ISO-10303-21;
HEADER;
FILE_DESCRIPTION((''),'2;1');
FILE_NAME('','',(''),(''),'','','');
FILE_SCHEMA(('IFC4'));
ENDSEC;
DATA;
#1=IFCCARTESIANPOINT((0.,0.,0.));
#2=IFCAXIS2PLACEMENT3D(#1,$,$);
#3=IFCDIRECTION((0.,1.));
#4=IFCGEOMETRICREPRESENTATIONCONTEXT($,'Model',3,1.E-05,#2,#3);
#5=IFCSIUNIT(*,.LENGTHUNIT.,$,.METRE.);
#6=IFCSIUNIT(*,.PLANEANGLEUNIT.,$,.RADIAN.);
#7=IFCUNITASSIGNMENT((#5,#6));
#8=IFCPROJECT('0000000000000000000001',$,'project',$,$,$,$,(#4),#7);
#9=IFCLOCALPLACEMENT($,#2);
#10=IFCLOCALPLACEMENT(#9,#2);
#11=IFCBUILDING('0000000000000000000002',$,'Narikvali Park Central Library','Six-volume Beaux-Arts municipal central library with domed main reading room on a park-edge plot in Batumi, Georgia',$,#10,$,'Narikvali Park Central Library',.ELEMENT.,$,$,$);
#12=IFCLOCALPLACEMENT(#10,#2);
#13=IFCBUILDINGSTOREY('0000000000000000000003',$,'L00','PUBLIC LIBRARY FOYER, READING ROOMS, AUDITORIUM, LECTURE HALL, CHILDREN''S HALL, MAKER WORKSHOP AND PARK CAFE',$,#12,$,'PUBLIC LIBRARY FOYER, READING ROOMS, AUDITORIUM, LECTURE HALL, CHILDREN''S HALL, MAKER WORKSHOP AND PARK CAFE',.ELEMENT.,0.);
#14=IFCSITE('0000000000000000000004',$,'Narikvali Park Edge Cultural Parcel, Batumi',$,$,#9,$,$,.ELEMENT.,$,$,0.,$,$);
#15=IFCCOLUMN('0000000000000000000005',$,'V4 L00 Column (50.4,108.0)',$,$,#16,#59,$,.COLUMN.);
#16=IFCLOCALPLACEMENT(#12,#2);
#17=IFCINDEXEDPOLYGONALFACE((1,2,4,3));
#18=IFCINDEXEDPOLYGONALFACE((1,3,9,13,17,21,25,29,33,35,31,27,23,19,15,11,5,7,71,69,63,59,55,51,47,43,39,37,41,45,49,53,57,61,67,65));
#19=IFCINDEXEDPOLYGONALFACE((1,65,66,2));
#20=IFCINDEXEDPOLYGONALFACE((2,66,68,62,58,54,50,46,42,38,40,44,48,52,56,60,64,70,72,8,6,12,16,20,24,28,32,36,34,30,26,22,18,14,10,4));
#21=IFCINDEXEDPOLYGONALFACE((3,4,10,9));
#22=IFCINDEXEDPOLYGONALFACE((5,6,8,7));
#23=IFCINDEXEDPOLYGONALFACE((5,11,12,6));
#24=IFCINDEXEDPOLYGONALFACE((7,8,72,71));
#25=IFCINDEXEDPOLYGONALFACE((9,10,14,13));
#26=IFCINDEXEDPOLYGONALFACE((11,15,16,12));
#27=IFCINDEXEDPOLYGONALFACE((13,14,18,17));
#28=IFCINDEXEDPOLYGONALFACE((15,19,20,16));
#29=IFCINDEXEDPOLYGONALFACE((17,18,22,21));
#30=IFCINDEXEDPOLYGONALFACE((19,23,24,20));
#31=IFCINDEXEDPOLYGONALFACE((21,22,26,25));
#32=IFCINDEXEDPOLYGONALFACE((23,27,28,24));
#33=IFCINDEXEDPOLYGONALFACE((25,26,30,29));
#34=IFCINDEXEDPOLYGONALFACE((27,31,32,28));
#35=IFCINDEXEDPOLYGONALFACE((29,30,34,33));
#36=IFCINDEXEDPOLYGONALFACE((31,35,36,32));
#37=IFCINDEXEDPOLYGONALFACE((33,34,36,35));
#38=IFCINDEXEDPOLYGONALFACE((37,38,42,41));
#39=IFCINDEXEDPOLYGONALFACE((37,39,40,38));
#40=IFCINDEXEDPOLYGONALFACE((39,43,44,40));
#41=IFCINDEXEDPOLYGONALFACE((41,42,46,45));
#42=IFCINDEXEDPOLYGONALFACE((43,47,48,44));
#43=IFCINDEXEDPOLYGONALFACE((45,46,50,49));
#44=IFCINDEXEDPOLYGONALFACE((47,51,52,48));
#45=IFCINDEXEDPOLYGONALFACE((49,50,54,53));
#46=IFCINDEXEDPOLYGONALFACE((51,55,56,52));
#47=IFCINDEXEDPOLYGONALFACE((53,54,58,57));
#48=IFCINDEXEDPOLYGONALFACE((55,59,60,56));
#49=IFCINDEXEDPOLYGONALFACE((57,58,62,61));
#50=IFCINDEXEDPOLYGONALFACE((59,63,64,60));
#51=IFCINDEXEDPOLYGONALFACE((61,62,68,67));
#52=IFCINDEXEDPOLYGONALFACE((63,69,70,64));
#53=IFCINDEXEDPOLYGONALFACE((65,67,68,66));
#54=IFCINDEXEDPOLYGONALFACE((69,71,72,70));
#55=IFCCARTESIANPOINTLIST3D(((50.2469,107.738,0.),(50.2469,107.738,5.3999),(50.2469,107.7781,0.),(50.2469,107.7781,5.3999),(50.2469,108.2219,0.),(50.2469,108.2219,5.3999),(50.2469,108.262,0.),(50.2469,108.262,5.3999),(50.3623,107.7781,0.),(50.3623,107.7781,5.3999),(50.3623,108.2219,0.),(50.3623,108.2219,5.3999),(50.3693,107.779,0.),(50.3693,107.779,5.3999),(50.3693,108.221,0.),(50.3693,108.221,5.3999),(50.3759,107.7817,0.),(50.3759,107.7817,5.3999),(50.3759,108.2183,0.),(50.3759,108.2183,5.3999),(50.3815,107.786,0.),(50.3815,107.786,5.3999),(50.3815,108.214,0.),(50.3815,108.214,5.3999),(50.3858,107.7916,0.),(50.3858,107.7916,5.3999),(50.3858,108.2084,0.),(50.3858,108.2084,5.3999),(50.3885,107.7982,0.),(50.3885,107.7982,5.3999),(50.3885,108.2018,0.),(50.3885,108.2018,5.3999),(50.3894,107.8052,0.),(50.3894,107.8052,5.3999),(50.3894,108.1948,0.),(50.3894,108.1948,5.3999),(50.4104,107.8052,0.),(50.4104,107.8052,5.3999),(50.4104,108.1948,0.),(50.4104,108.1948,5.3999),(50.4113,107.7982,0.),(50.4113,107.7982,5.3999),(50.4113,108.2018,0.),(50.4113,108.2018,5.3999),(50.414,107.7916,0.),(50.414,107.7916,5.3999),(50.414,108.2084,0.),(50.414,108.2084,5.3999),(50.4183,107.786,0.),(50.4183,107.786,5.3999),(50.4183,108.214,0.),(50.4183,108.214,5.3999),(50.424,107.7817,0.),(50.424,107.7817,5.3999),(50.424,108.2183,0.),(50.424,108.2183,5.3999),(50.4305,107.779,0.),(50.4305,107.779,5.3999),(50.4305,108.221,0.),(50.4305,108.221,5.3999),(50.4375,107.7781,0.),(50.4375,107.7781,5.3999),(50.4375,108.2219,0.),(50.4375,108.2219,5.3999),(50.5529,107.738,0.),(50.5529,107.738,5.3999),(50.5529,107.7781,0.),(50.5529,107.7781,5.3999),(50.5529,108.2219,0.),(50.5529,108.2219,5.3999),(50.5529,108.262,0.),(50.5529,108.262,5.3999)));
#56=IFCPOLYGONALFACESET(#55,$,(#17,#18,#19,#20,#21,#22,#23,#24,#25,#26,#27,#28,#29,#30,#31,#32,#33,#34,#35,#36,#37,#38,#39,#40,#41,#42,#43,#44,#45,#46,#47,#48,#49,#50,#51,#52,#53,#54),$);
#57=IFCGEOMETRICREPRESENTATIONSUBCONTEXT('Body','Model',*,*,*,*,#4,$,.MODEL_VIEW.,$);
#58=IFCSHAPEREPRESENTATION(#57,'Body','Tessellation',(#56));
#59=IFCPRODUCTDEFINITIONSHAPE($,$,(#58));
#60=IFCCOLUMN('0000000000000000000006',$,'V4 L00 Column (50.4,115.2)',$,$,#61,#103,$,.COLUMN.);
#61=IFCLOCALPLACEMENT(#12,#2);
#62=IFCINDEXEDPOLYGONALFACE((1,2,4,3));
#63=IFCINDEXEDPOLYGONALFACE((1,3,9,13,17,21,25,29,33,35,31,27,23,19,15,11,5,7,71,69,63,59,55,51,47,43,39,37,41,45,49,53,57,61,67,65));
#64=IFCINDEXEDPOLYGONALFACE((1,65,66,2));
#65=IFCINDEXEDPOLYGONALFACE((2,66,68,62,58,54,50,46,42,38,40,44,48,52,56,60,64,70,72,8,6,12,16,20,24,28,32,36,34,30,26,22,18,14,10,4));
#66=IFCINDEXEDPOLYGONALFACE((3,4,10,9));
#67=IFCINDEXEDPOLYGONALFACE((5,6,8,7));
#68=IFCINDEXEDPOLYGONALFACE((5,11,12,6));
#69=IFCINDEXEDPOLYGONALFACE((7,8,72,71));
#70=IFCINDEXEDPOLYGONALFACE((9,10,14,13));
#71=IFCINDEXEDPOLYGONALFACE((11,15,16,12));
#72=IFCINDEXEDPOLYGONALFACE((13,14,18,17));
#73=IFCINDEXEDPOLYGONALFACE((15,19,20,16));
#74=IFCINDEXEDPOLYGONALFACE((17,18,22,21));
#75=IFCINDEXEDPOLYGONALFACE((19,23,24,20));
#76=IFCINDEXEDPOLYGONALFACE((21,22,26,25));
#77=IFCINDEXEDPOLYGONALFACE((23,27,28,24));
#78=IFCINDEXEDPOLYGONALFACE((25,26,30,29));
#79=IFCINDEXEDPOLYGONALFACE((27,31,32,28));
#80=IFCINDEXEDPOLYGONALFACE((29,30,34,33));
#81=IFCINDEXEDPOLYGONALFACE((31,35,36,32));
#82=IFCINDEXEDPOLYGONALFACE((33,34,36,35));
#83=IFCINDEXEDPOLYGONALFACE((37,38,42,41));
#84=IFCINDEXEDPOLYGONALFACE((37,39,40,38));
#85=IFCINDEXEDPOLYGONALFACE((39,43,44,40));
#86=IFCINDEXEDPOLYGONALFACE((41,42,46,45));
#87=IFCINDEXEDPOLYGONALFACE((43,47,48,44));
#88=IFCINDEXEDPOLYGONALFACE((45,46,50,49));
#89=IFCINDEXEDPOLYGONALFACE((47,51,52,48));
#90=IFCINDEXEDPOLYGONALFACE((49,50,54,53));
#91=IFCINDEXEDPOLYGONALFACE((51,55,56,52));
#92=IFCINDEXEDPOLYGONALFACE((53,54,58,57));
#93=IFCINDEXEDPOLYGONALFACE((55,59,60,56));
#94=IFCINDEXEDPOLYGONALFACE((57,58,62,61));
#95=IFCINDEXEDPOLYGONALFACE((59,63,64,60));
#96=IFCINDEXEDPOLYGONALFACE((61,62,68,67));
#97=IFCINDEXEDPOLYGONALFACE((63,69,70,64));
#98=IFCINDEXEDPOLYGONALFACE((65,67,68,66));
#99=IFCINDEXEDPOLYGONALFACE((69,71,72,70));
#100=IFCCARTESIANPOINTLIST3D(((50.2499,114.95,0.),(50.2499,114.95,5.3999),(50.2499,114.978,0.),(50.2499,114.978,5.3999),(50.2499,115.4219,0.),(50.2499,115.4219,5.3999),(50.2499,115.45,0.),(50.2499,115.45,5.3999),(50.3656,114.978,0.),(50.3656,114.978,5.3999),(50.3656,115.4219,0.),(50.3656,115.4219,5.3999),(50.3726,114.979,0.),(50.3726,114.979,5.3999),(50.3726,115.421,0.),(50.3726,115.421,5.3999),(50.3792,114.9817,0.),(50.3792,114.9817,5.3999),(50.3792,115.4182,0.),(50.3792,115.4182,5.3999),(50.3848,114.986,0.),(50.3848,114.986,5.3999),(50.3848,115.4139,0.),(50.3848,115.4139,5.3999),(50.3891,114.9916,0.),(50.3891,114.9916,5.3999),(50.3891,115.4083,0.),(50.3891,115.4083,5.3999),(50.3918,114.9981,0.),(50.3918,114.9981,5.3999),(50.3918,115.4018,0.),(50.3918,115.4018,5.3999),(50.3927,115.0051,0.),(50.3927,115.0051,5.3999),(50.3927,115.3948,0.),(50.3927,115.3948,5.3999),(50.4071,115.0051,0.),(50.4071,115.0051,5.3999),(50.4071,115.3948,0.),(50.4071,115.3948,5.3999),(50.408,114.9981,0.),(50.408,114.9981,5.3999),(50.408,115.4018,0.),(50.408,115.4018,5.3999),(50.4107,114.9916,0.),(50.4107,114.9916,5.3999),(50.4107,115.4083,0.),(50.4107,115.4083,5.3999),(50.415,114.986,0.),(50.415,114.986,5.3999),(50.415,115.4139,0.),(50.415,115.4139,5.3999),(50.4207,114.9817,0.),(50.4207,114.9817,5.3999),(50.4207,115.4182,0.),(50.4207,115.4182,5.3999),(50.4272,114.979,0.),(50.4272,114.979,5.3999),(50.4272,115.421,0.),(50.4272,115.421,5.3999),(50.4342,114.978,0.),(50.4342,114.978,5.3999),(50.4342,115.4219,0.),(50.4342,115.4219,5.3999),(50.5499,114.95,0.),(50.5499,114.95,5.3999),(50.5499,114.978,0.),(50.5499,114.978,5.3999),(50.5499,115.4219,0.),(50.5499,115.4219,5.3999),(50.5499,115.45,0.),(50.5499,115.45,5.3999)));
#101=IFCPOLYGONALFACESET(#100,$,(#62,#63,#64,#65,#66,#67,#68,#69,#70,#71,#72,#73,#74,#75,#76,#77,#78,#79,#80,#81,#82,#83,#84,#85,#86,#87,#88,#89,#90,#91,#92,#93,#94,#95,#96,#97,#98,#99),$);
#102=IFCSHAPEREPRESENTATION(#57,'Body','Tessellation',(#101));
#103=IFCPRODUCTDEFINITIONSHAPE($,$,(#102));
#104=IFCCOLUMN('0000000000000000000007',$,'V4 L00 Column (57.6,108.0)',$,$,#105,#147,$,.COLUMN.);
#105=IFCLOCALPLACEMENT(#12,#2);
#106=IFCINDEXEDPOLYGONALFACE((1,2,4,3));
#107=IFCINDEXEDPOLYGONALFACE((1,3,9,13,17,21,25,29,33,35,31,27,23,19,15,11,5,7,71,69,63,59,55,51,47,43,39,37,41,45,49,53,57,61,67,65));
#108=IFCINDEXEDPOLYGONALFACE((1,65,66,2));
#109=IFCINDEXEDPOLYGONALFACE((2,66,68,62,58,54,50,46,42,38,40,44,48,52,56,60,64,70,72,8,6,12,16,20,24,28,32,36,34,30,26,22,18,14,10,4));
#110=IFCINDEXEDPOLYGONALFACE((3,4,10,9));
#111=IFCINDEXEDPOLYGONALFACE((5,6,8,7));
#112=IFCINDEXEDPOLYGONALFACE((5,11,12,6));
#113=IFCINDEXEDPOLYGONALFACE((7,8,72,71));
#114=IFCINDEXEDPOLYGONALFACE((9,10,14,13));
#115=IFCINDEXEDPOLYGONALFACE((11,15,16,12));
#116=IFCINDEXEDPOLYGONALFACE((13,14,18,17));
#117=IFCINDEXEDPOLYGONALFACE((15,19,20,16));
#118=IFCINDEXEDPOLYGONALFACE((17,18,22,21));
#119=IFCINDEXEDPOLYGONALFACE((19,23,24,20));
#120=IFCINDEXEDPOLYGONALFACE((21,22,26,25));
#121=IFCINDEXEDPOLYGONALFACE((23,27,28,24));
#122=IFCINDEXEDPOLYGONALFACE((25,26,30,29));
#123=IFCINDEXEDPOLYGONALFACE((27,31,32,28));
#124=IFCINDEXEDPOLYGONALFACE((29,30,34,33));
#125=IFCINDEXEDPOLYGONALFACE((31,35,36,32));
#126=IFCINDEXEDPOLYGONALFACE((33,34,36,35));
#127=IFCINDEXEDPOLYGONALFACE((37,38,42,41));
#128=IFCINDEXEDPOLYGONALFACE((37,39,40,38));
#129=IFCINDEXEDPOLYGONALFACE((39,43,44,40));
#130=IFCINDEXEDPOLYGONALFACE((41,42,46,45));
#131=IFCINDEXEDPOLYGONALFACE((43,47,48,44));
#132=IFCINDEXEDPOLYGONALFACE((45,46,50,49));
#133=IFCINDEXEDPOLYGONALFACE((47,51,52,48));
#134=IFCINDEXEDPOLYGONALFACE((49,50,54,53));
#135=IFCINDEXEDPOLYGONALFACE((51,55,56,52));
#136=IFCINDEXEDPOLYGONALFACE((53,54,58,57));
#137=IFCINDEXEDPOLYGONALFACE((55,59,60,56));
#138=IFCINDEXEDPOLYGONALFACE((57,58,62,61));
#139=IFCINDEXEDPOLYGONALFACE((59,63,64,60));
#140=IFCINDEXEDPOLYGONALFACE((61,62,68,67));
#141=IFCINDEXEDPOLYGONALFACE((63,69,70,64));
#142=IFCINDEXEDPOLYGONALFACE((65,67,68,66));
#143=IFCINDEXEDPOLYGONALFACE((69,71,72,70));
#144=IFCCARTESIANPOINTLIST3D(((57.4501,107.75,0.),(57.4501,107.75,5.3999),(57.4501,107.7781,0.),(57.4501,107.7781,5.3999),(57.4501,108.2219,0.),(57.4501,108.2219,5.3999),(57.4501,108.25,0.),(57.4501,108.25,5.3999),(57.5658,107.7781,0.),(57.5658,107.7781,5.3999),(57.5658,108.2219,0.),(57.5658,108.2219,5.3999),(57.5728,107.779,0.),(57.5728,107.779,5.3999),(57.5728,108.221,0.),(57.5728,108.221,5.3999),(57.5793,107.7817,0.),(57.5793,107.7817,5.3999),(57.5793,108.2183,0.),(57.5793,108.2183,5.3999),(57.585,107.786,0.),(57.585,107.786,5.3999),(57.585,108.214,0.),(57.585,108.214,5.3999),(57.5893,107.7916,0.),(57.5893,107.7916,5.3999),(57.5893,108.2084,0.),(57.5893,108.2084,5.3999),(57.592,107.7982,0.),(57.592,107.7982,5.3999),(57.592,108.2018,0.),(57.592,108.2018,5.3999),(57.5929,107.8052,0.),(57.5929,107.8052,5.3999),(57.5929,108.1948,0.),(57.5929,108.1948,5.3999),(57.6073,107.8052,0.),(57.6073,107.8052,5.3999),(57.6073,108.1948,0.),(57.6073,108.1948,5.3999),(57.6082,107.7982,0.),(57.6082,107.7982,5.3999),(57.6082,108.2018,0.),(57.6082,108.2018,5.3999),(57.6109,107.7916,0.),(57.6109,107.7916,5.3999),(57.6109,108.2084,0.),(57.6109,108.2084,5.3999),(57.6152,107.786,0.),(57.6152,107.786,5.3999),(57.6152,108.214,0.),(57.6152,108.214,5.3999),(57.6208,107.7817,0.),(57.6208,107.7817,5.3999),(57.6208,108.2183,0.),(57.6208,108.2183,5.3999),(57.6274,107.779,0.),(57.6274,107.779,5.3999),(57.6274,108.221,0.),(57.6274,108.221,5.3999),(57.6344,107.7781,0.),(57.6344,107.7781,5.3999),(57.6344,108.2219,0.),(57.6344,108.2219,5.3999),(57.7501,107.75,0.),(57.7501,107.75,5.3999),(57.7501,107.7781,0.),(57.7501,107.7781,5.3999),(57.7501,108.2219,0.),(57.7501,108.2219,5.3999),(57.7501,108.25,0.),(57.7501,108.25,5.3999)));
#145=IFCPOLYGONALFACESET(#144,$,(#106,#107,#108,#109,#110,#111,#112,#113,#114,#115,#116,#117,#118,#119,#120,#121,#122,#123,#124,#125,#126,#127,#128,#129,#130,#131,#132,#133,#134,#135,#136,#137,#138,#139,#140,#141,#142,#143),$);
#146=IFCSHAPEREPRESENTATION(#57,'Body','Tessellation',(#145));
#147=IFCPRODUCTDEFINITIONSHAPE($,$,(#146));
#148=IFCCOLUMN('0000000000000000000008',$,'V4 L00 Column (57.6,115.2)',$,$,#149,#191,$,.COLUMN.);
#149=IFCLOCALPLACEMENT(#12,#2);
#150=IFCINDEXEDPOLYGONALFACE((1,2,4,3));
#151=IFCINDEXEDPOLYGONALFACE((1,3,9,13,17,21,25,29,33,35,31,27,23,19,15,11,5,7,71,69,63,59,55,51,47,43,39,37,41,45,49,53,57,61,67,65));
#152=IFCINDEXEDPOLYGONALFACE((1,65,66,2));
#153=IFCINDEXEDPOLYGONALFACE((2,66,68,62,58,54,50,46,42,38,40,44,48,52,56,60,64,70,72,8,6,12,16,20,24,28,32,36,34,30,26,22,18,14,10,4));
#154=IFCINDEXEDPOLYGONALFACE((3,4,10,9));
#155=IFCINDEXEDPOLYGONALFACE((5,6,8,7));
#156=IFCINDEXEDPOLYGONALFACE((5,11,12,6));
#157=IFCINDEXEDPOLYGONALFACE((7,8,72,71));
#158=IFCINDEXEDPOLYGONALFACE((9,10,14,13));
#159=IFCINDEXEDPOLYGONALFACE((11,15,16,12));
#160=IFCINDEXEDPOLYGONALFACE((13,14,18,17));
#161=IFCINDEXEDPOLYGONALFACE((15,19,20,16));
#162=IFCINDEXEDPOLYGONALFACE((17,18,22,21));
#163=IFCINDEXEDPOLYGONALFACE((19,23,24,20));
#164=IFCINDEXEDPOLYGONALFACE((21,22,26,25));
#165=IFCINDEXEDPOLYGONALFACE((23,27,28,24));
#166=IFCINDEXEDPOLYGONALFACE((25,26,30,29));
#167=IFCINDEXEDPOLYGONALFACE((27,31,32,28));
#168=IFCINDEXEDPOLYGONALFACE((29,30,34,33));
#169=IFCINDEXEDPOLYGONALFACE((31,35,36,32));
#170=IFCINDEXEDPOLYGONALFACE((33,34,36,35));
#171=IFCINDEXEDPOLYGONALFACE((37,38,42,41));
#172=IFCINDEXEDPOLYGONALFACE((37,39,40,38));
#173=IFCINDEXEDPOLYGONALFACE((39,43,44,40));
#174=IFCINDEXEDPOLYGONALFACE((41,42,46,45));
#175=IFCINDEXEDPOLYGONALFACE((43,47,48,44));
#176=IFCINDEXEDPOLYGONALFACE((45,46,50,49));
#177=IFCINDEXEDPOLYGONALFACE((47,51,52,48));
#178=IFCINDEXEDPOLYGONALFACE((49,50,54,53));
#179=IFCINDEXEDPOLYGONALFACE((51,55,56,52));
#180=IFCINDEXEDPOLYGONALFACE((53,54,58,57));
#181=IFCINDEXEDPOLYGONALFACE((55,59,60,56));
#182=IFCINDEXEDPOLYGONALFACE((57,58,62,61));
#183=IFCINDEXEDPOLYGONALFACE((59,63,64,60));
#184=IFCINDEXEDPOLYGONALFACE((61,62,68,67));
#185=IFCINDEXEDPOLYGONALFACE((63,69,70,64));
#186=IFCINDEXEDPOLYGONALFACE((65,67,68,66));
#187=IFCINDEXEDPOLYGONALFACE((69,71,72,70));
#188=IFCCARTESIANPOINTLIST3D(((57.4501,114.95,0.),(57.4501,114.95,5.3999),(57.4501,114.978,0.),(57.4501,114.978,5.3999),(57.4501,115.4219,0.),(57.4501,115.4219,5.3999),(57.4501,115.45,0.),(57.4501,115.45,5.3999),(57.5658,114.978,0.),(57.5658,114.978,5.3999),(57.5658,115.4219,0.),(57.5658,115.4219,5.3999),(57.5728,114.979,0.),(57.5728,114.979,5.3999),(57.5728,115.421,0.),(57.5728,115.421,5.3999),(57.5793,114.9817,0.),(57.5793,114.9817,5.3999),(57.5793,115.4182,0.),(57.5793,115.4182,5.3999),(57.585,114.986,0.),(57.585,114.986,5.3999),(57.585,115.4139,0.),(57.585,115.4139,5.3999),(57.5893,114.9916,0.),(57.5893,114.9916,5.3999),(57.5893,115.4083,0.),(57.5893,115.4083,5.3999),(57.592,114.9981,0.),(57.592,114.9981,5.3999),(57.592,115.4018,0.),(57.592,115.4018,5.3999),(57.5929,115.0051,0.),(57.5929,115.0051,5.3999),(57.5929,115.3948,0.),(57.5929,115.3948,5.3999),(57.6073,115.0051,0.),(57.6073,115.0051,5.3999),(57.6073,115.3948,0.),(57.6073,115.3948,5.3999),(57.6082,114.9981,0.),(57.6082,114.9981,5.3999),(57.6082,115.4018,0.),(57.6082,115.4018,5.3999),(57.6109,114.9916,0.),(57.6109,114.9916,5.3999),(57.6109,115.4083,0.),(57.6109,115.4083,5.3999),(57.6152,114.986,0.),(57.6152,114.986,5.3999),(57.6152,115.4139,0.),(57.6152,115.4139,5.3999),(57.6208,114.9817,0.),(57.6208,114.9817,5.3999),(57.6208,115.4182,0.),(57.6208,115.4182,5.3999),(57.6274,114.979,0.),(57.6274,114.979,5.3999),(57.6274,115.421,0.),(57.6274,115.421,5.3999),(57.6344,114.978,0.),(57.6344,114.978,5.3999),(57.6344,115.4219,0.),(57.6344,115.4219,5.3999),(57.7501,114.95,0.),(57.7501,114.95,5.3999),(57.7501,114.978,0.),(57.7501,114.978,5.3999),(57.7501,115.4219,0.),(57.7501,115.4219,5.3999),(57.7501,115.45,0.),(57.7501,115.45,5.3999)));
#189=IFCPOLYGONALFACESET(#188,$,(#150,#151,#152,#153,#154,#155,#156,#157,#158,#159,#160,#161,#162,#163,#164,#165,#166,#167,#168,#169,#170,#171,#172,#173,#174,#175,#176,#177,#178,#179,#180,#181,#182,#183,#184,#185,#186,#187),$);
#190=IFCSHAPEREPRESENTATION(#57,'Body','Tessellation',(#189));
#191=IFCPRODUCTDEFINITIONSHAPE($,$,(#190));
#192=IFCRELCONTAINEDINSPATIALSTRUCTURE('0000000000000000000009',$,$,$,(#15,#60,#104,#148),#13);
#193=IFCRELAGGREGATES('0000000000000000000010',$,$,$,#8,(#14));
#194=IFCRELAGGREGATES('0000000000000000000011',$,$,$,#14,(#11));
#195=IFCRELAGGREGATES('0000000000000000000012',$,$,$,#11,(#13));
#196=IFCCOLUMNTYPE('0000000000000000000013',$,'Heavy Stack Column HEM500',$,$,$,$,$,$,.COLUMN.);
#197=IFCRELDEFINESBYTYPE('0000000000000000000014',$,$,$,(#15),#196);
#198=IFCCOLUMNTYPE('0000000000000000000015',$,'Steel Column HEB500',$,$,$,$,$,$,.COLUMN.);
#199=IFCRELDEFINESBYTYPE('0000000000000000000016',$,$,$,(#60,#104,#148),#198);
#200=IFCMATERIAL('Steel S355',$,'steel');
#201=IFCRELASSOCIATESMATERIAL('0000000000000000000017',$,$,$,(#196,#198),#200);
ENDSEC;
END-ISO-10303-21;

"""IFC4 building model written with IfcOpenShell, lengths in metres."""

from ifc_helpers import new_model, si_unit, direction, frame, origin, origin_2d, place, context, subcontext, project, spatial, i_section, extrude, material, material_profile, profile_set, type_object, element, save


model = new_model("IFC4")

# Units and contexts
model_context = context("Model", 3, precision=1e-05, world=origin(), true_north=direction((0.0, 1.0)))
body_context = subcontext(model_context, "Body", "Model", "MODEL_VIEW")
ifc_project = project(units=[si_unit("LENGTHUNIT", "METRE"), si_unit("PLANEANGLEUNIT", "RADIAN")], contexts=[model_context])

# Site, building, storey
site_placement = place(None, origin())
site = spatial("IfcSite", under=ifc_project, at=site_placement, Name="Narikvali Park Edge Cultural Parcel, Batumi", CompositionType="ELEMENT", RefElevation=0.0)
building_placement = place(site_placement, origin())
building = spatial("IfcBuilding", under=site, at=building_placement, Name="Narikvali Park Central Library", Description="Six-volume Beaux-Arts municipal central library with domed main reading room on a park-edge plot in Batumi, Georgia", LongName="Narikvali Park Central Library", CompositionType="ELEMENT")
storey_placement = place(building_placement, origin())
storey = spatial("IfcBuildingStorey", under=building, at=storey_placement, Name="L00", Description="PUBLIC LIBRARY FOYER, READING ROOMS, AUDITORIUM, LECTURE HALL, CHILDREN'S HALL, MAKER WORKSHOP AND PARK CAFE", LongName="PUBLIC LIBRARY FOYER, READING ROOMS, AUDITORIUM, LECTURE HALL, CHILDREN'S HALL, MAKER WORKSHOP AND PARK CAFE", CompositionType="ELEMENT", Elevation=0.0)

# Columns
ifc_material_1 = material(Name="Steel S355", Category="steel")
ifc_material_profile_1 = material_profile(ifc_material_1, i_section(OverallWidth=0.3059, OverallDepth=0.5239, WebThickness=0.021, FlangeThickness=0.04, FilletRadius=0.0271, at=origin_2d()), Name="HEM 500")
ifc_profile_set_1 = profile_set([ifc_material_profile_1], Name="Steel S355")
column_type_1 = type_object("IfcColumnType", Name="Heavy Stack Column HEM500", PredefinedType="COLUMN", material=ifc_profile_set_1)
column_placement = place(storey_placement, frame((50.3999, 108.0, 0.0), z_axis=(0.0, 0.0, 1.0), x_axis=(1.0, 0.0, 0.0)))
element("IfcColumn", 1, at=column_placement, inside=storey, type_object=column_type_1, Name="V4 L00 Column (50.4,108.0)", PredefinedType="COLUMN", context=body_context, shape_type="SweptSolid", body=[
    extrude(i_section(OverallWidth=0.3059, OverallDepth=0.5239, WebThickness=0.021, FlangeThickness=0.04, FilletRadius=0.0271, at=origin_2d()), origin(), (0.0, 0.0, 1.0), 5.3999),
])
ifc_material_profile_2 = material_profile(ifc_material_1, i_section(OverallWidth=0.3, OverallDepth=0.5, WebThickness=0.0144, FlangeThickness=0.0281, FilletRadius=0.0271, at=origin_2d()), Name="HEB 500")
ifc_profile_set_2 = profile_set([ifc_material_profile_2], Name="Steel S355")
column_type_2 = type_object("IfcColumnType", Name="Steel Column HEB500", PredefinedType="COLUMN", material=ifc_profile_set_2)
for number, where, z_axis, x_axis, name in (
    (2, (50.3999, 115.2, 0.0), (0.0, 0.0, 1.0), (1.0, 0.0, 0.0), "V4 L00 Column (50.4,115.2)"),
    (3, (57.6001, 108.0, 0.0), (0.0, 0.0, 1.0), (1.0, 0.0, 0.0), "V4 L00 Column (57.6,108.0)"),
    (4, (57.6001, 115.2, 0.0), (0.0, 0.0, 1.0), (1.0, 0.0, 0.0), "V4 L00 Column (57.6,115.2)"),
):
    element("IfcColumn", number, at=place(storey_placement, frame(where, z_axis=z_axis, x_axis=x_axis)), inside=storey, type_object=column_type_2, Name=name, PredefinedType="COLUMN", context=body_context, shape_type="SweptSolid", body=[
        extrude(i_section(OverallWidth=0.3, OverallDepth=0.5, WebThickness=0.0144, FlangeThickness=0.0281, FilletRadius=0.0271, at=origin_2d()), origin(), (0.0, 0.0, 1.0), 5.3999),
    ])

save(model, "model.ifc")
